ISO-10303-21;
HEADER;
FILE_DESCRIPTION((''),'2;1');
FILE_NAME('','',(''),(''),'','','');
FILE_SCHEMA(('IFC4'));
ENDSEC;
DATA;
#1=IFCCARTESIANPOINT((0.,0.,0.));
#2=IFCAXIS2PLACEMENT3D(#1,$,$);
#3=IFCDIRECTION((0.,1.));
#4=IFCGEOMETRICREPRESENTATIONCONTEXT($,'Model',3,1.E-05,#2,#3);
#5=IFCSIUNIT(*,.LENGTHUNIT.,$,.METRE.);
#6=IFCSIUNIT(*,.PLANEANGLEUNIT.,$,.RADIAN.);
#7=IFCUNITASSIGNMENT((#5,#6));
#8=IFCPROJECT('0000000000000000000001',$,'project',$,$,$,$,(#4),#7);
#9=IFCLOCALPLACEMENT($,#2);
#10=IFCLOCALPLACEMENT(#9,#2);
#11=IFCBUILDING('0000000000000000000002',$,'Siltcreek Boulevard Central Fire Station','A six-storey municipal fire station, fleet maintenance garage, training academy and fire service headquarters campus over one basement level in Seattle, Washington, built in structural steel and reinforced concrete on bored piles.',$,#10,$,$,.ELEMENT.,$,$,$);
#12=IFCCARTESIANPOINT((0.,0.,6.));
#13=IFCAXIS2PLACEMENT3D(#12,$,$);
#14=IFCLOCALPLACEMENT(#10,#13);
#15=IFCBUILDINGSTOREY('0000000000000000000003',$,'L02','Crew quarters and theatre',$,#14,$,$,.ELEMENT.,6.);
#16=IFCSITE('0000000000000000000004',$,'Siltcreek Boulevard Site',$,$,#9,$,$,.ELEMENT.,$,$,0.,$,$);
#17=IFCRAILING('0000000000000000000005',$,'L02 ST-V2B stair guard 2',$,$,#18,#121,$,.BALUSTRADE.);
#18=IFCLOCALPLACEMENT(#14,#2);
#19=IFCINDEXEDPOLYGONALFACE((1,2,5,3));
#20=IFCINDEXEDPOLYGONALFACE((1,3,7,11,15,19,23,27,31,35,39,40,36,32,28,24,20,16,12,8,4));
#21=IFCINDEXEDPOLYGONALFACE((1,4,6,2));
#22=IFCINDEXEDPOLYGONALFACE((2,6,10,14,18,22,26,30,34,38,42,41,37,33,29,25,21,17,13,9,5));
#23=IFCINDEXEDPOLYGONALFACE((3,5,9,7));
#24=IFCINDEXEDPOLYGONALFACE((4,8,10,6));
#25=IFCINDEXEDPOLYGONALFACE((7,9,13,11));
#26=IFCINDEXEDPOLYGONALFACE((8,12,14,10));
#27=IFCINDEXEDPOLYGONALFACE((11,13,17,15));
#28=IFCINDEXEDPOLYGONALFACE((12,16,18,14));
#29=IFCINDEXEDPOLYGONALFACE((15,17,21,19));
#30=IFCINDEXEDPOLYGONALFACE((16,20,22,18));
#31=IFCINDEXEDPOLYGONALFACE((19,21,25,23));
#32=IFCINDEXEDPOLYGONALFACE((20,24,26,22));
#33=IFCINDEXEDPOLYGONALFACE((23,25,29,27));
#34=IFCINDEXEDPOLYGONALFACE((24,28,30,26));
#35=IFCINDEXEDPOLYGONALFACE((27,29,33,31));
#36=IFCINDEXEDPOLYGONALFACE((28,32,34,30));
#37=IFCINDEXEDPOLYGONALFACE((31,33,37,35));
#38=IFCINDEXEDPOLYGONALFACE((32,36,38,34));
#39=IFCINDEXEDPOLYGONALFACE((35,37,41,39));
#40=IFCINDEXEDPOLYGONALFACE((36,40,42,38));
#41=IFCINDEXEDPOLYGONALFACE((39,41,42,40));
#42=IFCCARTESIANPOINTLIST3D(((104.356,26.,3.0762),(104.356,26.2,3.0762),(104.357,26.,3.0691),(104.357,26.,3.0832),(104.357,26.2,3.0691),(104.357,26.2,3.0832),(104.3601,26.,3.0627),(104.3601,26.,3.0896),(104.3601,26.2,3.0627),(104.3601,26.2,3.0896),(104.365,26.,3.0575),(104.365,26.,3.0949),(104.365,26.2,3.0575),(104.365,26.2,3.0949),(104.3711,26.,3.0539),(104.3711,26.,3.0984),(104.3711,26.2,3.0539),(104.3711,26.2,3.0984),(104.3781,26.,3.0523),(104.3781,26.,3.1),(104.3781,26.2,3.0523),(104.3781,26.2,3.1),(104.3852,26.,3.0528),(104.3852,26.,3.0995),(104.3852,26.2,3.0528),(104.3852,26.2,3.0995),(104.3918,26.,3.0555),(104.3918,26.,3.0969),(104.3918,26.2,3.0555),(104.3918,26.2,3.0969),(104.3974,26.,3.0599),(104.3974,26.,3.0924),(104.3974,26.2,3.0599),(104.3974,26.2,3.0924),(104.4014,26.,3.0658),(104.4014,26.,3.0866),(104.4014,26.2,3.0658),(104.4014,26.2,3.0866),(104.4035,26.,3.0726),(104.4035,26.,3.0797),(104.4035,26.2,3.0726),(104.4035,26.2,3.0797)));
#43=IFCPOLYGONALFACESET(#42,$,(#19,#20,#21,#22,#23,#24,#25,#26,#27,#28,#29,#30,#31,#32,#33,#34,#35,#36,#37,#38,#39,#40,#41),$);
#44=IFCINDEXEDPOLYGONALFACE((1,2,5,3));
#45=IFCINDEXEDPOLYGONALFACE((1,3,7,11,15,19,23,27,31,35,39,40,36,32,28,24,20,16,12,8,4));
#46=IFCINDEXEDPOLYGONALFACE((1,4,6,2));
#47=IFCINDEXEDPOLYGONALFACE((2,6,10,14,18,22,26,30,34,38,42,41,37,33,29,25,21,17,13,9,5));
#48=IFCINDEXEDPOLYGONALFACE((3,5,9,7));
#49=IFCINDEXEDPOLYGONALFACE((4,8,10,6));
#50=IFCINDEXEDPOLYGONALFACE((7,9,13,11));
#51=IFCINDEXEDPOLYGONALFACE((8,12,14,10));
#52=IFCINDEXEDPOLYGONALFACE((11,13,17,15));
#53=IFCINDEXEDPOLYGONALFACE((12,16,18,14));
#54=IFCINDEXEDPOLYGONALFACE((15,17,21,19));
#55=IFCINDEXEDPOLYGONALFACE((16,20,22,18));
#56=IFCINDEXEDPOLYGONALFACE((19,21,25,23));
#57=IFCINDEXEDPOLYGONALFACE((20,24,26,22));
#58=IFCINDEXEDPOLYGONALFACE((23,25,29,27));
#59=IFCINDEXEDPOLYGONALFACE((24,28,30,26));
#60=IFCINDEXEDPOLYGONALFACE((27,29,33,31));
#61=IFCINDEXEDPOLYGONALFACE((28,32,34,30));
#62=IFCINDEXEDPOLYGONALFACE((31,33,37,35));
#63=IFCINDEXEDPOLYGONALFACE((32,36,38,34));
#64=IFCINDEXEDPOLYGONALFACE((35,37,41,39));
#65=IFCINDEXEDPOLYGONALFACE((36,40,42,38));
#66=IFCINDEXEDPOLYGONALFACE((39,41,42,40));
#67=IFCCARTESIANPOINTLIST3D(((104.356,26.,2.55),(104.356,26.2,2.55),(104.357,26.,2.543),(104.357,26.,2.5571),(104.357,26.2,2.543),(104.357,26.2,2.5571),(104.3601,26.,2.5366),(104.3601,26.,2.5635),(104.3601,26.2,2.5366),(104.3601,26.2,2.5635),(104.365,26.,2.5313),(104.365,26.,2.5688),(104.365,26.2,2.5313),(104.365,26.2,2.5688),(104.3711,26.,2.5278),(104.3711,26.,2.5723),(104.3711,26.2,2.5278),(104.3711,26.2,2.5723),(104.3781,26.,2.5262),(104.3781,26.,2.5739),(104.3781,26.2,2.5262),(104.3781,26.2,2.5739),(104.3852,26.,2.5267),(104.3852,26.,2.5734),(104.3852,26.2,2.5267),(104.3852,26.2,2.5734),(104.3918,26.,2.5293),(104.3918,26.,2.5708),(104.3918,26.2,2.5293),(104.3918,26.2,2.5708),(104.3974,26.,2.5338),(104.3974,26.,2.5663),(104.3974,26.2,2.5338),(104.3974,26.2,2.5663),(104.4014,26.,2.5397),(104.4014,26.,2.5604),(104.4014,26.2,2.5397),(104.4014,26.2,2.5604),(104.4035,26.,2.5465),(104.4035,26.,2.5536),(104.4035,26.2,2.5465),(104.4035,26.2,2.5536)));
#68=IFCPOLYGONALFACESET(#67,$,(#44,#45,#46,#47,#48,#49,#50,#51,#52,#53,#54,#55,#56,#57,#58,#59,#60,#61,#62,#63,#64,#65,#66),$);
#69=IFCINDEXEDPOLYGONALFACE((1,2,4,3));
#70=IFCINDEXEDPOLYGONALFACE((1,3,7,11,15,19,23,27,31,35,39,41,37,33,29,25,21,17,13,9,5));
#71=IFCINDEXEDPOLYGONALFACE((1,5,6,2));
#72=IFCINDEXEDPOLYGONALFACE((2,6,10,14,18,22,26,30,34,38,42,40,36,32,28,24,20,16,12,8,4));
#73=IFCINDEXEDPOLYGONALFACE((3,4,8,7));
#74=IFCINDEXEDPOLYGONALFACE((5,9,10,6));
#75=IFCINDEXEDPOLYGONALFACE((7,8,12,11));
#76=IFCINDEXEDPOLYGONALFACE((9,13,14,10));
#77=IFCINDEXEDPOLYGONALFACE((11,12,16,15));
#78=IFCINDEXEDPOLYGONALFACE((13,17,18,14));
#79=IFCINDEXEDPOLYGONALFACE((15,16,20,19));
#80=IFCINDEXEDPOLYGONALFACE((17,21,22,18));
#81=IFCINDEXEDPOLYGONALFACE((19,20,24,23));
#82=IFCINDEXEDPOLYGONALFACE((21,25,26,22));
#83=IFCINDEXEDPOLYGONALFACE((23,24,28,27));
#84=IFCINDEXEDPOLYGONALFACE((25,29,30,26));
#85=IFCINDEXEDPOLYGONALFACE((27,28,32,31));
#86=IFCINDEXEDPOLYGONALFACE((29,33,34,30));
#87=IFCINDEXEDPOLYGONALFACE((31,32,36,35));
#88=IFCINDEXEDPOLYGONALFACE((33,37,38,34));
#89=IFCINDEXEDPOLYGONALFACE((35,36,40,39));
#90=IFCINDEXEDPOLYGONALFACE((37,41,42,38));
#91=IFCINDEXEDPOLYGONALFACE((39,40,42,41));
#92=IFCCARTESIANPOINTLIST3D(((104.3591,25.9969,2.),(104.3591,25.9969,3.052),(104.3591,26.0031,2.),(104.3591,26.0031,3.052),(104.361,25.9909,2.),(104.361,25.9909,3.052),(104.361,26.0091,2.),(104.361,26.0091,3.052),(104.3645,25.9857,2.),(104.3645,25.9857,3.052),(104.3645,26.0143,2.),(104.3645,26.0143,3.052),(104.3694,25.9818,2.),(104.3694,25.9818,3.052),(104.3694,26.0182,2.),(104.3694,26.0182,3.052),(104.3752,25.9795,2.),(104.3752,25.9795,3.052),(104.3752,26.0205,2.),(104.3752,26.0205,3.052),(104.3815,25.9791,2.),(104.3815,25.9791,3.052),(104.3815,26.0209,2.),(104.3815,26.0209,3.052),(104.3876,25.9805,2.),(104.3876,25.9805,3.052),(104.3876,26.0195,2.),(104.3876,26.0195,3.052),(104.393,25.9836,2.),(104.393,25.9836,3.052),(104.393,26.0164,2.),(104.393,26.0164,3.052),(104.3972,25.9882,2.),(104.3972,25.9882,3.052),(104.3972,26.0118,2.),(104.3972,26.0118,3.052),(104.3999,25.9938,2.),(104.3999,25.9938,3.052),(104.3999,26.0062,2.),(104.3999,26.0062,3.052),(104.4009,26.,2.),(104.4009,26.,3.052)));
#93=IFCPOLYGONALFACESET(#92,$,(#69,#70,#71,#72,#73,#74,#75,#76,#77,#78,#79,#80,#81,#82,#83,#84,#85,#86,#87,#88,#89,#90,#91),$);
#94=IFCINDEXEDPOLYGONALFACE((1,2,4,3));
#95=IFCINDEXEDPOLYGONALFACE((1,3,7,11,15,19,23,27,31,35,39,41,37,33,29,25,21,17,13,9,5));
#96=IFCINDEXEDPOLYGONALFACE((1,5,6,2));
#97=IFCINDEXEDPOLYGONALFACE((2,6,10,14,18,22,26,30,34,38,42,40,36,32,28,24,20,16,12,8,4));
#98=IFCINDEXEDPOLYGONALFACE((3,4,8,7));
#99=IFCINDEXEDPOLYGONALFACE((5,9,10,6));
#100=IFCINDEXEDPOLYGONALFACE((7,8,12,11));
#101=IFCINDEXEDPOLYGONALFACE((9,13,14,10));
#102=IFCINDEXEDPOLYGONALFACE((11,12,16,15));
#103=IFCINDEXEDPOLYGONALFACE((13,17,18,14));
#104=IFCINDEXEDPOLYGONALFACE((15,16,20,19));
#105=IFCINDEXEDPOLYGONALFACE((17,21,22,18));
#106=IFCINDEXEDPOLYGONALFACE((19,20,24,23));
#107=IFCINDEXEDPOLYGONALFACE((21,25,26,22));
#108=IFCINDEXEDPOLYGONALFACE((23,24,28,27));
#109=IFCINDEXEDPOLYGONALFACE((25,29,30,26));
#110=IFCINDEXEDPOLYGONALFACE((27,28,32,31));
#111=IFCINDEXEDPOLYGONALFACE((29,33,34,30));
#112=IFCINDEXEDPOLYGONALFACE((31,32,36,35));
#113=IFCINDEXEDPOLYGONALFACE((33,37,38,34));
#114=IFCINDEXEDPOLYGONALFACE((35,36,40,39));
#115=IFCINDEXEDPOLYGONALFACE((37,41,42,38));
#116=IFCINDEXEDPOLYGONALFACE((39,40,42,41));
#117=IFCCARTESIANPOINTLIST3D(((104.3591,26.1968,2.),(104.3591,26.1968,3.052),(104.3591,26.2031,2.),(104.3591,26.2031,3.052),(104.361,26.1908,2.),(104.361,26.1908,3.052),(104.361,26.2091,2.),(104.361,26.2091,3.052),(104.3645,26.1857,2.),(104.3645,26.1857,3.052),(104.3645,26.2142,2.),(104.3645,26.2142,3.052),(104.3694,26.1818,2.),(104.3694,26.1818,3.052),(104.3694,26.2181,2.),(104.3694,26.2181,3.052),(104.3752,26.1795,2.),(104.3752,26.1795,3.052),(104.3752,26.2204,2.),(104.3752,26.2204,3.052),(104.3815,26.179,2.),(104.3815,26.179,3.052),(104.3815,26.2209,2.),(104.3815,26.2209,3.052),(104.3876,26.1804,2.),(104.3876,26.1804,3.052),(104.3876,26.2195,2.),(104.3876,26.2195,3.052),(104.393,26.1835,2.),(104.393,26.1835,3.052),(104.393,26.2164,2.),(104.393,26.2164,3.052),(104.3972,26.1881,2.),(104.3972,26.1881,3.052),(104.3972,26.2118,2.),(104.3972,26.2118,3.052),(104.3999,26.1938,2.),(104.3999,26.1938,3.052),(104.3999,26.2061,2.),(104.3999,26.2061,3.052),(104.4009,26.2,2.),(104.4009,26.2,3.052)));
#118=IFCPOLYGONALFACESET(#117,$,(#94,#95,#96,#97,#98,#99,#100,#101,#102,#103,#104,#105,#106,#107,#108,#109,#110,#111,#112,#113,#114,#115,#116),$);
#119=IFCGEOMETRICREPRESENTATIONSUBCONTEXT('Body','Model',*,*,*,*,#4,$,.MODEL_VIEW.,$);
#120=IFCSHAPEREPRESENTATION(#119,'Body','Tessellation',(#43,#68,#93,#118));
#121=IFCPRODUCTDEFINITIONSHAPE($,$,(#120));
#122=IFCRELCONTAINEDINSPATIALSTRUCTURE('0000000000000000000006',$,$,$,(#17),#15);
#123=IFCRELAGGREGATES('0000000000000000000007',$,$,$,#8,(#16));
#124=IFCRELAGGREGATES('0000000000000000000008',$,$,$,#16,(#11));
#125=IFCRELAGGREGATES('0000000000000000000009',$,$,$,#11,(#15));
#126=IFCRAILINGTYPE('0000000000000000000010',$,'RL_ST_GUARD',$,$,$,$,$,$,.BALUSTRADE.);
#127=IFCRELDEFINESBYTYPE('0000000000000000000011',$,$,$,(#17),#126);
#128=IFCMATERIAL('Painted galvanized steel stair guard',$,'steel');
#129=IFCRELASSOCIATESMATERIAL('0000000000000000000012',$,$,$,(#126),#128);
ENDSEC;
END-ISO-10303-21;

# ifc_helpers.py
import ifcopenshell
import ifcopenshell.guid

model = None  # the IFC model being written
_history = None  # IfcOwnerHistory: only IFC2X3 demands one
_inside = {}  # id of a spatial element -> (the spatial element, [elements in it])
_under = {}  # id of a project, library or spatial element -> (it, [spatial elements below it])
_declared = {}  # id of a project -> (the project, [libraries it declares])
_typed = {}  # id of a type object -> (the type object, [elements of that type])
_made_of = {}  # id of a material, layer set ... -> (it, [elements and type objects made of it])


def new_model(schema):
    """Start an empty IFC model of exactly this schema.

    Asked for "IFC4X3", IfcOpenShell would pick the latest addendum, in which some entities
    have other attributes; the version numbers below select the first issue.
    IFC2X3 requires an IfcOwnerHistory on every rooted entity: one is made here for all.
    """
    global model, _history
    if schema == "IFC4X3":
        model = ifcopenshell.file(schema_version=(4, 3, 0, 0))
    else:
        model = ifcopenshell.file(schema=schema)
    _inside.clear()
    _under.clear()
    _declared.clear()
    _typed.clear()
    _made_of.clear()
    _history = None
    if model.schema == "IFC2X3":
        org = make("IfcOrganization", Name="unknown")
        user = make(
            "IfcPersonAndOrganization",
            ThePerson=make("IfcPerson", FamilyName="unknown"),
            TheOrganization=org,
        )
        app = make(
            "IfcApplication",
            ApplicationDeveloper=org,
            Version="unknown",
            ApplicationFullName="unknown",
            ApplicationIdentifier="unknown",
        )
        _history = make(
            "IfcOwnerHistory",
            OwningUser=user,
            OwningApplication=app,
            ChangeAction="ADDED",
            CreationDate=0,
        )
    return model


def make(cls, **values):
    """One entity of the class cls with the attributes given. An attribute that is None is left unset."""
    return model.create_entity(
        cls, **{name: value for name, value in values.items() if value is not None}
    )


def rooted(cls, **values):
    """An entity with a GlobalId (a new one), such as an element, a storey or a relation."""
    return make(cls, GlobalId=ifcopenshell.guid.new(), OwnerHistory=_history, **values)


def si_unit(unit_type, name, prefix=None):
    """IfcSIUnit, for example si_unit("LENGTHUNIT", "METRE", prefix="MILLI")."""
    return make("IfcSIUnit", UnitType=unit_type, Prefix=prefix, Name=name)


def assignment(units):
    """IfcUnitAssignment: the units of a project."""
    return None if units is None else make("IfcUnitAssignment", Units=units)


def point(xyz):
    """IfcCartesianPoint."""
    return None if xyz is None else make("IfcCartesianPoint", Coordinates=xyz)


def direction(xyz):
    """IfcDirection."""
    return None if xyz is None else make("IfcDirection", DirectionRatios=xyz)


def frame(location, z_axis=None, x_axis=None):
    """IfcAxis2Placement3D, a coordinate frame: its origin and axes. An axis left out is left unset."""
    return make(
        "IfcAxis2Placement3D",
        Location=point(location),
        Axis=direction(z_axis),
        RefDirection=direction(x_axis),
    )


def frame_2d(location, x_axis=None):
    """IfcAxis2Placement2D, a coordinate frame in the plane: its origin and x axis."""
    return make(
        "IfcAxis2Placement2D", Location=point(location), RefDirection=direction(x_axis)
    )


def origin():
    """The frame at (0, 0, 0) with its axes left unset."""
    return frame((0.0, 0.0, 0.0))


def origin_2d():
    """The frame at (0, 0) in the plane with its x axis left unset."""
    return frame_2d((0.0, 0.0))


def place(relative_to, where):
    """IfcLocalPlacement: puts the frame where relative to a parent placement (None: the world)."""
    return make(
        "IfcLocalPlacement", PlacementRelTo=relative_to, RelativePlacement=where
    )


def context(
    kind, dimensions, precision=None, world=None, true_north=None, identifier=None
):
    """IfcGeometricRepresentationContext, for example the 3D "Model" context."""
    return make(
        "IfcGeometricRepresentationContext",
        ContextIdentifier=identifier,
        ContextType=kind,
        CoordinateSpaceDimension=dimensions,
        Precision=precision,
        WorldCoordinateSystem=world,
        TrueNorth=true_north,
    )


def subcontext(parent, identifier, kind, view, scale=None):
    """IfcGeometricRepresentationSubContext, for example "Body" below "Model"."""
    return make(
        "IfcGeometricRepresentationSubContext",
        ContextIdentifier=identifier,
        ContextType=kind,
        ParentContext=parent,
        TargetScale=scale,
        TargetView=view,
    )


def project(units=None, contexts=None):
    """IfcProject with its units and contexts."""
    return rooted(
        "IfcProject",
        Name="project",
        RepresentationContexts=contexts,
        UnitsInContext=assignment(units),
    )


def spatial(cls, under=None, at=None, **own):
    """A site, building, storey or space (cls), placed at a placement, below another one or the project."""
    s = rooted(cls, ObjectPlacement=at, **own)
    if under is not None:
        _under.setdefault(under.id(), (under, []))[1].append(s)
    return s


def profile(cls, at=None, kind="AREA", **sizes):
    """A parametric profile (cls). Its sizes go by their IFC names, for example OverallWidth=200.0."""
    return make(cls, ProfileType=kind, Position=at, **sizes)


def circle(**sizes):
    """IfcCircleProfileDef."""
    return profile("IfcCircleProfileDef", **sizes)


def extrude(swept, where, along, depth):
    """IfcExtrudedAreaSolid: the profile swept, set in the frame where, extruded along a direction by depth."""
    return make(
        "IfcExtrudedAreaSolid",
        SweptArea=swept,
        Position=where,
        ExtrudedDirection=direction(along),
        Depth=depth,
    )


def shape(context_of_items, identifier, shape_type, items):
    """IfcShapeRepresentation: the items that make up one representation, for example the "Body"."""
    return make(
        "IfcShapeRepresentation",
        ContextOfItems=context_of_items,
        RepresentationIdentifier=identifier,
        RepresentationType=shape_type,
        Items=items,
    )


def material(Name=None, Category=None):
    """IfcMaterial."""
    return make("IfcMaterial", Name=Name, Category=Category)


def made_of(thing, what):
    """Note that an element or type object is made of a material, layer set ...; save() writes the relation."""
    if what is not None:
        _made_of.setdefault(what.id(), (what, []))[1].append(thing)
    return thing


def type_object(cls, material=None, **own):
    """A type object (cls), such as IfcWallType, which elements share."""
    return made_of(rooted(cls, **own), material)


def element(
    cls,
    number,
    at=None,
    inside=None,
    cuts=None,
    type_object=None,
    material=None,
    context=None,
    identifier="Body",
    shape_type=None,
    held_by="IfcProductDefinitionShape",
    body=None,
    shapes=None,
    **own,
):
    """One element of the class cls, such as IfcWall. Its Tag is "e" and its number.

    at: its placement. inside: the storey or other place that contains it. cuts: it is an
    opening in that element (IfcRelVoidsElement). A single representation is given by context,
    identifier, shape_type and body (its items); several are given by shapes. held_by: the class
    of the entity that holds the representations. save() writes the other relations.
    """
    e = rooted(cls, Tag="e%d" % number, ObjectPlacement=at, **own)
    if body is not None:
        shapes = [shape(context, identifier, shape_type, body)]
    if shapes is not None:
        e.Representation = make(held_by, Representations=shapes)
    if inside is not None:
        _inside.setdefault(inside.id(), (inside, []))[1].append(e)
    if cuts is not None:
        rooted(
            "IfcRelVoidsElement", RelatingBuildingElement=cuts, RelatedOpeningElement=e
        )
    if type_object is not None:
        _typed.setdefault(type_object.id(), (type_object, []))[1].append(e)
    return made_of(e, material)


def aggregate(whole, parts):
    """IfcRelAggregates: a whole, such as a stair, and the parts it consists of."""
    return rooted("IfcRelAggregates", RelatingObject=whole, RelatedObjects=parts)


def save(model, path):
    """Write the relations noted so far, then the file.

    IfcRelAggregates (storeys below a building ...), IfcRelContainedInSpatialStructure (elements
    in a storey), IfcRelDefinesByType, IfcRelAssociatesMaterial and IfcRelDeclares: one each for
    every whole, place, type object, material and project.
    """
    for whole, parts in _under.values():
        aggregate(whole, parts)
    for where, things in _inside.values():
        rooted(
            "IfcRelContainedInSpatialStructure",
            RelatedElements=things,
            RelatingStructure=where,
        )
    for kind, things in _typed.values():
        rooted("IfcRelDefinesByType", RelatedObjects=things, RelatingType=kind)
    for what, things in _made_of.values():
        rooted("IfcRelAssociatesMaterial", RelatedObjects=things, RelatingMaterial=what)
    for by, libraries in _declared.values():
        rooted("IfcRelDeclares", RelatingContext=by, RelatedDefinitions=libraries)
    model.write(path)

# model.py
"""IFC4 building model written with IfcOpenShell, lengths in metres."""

from ifc_helpers import new_model, si_unit, direction, frame, origin, origin_2d, place, context, subcontext, project, spatial, circle, extrude, material, type_object, element, save


model = new_model("IFC4")

# Units and contexts
model_context = context("Model", 3, precision=1e-05, world=origin(), true_north=direction((0.0, 1.0)))
body_context = subcontext(model_context, "Body", "Model", "MODEL_VIEW")
ifc_project = project(units=[si_unit("LENGTHUNIT", "METRE"), si_unit("PLANEANGLEUNIT", "RADIAN")], contexts=[model_context])

# Site, building, storey
site_placement = place(None, origin())
site = spatial("IfcSite", under=ifc_project, at=site_placement, Name="Siltcreek Boulevard Site", CompositionType="ELEMENT", RefElevation=0.0)
building_placement = place(site_placement, origin())
building = spatial("IfcBuilding", under=site, at=building_placement, Name="Siltcreek Boulevard Central Fire Station", Description="A six-storey municipal fire station, fleet maintenance garage, training academy and fire service headquarters campus over one basement level in Seattle, Washington, built in structural steel and reinforced concrete on bored piles.", CompositionType="ELEMENT")
storey_placement = place(building_placement, frame((0.0, 0.0, 6.0)))
storey = spatial("IfcBuildingStorey", under=building, at=storey_placement, Name="L02", Description="Crew quarters and theatre", CompositionType="ELEMENT", Elevation=6.0)

# Railing
ifc_material_1 = material(Name="Painted galvanized steel stair guard", Category="steel")
railing_type_1 = type_object("IfcRailingType", Name="RL_ST_GUARD", PredefinedType="BALUSTRADE", material=ifc_material_1)
railing_1_placement = place(storey_placement, frame((104.3799, 26.0, 2.0)))
element("IfcRailing", 1, at=railing_1_placement, inside=storey, type_object=railing_type_1, Name="L02 ST-V2B stair guard 2", PredefinedType="BALUSTRADE", context=body_context, shape_type="SweptSolid", body=[
    extrude(circle(Radius=0.0239, at=origin_2d()), frame((0.0, 0.0, 1.0762), z_axis=(0.0, 1.0, 0.0), x_axis=(-1.0, 0.0, 0.0)), (0.0, 0.0, 1.0), 0.2),
    extrude(circle(Radius=0.0239, at=origin_2d()), frame((0.0, 0.0, 0.55), z_axis=(0.0, 1.0, 0.0), x_axis=(-1.0, 0.0, 0.0)), (0.0, 0.0, 1.0), 0.2),
    extrude(circle(Radius=0.021, at=origin_2d()), origin(), (0.0, 0.0, 1.0), 1.052),
    extrude(circle(Radius=0.021, at=origin_2d()), frame((0.0, 0.2, 0.0)), (0.0, 0.0, 1.0), 1.052),
])

save(model, "model.ifc")
